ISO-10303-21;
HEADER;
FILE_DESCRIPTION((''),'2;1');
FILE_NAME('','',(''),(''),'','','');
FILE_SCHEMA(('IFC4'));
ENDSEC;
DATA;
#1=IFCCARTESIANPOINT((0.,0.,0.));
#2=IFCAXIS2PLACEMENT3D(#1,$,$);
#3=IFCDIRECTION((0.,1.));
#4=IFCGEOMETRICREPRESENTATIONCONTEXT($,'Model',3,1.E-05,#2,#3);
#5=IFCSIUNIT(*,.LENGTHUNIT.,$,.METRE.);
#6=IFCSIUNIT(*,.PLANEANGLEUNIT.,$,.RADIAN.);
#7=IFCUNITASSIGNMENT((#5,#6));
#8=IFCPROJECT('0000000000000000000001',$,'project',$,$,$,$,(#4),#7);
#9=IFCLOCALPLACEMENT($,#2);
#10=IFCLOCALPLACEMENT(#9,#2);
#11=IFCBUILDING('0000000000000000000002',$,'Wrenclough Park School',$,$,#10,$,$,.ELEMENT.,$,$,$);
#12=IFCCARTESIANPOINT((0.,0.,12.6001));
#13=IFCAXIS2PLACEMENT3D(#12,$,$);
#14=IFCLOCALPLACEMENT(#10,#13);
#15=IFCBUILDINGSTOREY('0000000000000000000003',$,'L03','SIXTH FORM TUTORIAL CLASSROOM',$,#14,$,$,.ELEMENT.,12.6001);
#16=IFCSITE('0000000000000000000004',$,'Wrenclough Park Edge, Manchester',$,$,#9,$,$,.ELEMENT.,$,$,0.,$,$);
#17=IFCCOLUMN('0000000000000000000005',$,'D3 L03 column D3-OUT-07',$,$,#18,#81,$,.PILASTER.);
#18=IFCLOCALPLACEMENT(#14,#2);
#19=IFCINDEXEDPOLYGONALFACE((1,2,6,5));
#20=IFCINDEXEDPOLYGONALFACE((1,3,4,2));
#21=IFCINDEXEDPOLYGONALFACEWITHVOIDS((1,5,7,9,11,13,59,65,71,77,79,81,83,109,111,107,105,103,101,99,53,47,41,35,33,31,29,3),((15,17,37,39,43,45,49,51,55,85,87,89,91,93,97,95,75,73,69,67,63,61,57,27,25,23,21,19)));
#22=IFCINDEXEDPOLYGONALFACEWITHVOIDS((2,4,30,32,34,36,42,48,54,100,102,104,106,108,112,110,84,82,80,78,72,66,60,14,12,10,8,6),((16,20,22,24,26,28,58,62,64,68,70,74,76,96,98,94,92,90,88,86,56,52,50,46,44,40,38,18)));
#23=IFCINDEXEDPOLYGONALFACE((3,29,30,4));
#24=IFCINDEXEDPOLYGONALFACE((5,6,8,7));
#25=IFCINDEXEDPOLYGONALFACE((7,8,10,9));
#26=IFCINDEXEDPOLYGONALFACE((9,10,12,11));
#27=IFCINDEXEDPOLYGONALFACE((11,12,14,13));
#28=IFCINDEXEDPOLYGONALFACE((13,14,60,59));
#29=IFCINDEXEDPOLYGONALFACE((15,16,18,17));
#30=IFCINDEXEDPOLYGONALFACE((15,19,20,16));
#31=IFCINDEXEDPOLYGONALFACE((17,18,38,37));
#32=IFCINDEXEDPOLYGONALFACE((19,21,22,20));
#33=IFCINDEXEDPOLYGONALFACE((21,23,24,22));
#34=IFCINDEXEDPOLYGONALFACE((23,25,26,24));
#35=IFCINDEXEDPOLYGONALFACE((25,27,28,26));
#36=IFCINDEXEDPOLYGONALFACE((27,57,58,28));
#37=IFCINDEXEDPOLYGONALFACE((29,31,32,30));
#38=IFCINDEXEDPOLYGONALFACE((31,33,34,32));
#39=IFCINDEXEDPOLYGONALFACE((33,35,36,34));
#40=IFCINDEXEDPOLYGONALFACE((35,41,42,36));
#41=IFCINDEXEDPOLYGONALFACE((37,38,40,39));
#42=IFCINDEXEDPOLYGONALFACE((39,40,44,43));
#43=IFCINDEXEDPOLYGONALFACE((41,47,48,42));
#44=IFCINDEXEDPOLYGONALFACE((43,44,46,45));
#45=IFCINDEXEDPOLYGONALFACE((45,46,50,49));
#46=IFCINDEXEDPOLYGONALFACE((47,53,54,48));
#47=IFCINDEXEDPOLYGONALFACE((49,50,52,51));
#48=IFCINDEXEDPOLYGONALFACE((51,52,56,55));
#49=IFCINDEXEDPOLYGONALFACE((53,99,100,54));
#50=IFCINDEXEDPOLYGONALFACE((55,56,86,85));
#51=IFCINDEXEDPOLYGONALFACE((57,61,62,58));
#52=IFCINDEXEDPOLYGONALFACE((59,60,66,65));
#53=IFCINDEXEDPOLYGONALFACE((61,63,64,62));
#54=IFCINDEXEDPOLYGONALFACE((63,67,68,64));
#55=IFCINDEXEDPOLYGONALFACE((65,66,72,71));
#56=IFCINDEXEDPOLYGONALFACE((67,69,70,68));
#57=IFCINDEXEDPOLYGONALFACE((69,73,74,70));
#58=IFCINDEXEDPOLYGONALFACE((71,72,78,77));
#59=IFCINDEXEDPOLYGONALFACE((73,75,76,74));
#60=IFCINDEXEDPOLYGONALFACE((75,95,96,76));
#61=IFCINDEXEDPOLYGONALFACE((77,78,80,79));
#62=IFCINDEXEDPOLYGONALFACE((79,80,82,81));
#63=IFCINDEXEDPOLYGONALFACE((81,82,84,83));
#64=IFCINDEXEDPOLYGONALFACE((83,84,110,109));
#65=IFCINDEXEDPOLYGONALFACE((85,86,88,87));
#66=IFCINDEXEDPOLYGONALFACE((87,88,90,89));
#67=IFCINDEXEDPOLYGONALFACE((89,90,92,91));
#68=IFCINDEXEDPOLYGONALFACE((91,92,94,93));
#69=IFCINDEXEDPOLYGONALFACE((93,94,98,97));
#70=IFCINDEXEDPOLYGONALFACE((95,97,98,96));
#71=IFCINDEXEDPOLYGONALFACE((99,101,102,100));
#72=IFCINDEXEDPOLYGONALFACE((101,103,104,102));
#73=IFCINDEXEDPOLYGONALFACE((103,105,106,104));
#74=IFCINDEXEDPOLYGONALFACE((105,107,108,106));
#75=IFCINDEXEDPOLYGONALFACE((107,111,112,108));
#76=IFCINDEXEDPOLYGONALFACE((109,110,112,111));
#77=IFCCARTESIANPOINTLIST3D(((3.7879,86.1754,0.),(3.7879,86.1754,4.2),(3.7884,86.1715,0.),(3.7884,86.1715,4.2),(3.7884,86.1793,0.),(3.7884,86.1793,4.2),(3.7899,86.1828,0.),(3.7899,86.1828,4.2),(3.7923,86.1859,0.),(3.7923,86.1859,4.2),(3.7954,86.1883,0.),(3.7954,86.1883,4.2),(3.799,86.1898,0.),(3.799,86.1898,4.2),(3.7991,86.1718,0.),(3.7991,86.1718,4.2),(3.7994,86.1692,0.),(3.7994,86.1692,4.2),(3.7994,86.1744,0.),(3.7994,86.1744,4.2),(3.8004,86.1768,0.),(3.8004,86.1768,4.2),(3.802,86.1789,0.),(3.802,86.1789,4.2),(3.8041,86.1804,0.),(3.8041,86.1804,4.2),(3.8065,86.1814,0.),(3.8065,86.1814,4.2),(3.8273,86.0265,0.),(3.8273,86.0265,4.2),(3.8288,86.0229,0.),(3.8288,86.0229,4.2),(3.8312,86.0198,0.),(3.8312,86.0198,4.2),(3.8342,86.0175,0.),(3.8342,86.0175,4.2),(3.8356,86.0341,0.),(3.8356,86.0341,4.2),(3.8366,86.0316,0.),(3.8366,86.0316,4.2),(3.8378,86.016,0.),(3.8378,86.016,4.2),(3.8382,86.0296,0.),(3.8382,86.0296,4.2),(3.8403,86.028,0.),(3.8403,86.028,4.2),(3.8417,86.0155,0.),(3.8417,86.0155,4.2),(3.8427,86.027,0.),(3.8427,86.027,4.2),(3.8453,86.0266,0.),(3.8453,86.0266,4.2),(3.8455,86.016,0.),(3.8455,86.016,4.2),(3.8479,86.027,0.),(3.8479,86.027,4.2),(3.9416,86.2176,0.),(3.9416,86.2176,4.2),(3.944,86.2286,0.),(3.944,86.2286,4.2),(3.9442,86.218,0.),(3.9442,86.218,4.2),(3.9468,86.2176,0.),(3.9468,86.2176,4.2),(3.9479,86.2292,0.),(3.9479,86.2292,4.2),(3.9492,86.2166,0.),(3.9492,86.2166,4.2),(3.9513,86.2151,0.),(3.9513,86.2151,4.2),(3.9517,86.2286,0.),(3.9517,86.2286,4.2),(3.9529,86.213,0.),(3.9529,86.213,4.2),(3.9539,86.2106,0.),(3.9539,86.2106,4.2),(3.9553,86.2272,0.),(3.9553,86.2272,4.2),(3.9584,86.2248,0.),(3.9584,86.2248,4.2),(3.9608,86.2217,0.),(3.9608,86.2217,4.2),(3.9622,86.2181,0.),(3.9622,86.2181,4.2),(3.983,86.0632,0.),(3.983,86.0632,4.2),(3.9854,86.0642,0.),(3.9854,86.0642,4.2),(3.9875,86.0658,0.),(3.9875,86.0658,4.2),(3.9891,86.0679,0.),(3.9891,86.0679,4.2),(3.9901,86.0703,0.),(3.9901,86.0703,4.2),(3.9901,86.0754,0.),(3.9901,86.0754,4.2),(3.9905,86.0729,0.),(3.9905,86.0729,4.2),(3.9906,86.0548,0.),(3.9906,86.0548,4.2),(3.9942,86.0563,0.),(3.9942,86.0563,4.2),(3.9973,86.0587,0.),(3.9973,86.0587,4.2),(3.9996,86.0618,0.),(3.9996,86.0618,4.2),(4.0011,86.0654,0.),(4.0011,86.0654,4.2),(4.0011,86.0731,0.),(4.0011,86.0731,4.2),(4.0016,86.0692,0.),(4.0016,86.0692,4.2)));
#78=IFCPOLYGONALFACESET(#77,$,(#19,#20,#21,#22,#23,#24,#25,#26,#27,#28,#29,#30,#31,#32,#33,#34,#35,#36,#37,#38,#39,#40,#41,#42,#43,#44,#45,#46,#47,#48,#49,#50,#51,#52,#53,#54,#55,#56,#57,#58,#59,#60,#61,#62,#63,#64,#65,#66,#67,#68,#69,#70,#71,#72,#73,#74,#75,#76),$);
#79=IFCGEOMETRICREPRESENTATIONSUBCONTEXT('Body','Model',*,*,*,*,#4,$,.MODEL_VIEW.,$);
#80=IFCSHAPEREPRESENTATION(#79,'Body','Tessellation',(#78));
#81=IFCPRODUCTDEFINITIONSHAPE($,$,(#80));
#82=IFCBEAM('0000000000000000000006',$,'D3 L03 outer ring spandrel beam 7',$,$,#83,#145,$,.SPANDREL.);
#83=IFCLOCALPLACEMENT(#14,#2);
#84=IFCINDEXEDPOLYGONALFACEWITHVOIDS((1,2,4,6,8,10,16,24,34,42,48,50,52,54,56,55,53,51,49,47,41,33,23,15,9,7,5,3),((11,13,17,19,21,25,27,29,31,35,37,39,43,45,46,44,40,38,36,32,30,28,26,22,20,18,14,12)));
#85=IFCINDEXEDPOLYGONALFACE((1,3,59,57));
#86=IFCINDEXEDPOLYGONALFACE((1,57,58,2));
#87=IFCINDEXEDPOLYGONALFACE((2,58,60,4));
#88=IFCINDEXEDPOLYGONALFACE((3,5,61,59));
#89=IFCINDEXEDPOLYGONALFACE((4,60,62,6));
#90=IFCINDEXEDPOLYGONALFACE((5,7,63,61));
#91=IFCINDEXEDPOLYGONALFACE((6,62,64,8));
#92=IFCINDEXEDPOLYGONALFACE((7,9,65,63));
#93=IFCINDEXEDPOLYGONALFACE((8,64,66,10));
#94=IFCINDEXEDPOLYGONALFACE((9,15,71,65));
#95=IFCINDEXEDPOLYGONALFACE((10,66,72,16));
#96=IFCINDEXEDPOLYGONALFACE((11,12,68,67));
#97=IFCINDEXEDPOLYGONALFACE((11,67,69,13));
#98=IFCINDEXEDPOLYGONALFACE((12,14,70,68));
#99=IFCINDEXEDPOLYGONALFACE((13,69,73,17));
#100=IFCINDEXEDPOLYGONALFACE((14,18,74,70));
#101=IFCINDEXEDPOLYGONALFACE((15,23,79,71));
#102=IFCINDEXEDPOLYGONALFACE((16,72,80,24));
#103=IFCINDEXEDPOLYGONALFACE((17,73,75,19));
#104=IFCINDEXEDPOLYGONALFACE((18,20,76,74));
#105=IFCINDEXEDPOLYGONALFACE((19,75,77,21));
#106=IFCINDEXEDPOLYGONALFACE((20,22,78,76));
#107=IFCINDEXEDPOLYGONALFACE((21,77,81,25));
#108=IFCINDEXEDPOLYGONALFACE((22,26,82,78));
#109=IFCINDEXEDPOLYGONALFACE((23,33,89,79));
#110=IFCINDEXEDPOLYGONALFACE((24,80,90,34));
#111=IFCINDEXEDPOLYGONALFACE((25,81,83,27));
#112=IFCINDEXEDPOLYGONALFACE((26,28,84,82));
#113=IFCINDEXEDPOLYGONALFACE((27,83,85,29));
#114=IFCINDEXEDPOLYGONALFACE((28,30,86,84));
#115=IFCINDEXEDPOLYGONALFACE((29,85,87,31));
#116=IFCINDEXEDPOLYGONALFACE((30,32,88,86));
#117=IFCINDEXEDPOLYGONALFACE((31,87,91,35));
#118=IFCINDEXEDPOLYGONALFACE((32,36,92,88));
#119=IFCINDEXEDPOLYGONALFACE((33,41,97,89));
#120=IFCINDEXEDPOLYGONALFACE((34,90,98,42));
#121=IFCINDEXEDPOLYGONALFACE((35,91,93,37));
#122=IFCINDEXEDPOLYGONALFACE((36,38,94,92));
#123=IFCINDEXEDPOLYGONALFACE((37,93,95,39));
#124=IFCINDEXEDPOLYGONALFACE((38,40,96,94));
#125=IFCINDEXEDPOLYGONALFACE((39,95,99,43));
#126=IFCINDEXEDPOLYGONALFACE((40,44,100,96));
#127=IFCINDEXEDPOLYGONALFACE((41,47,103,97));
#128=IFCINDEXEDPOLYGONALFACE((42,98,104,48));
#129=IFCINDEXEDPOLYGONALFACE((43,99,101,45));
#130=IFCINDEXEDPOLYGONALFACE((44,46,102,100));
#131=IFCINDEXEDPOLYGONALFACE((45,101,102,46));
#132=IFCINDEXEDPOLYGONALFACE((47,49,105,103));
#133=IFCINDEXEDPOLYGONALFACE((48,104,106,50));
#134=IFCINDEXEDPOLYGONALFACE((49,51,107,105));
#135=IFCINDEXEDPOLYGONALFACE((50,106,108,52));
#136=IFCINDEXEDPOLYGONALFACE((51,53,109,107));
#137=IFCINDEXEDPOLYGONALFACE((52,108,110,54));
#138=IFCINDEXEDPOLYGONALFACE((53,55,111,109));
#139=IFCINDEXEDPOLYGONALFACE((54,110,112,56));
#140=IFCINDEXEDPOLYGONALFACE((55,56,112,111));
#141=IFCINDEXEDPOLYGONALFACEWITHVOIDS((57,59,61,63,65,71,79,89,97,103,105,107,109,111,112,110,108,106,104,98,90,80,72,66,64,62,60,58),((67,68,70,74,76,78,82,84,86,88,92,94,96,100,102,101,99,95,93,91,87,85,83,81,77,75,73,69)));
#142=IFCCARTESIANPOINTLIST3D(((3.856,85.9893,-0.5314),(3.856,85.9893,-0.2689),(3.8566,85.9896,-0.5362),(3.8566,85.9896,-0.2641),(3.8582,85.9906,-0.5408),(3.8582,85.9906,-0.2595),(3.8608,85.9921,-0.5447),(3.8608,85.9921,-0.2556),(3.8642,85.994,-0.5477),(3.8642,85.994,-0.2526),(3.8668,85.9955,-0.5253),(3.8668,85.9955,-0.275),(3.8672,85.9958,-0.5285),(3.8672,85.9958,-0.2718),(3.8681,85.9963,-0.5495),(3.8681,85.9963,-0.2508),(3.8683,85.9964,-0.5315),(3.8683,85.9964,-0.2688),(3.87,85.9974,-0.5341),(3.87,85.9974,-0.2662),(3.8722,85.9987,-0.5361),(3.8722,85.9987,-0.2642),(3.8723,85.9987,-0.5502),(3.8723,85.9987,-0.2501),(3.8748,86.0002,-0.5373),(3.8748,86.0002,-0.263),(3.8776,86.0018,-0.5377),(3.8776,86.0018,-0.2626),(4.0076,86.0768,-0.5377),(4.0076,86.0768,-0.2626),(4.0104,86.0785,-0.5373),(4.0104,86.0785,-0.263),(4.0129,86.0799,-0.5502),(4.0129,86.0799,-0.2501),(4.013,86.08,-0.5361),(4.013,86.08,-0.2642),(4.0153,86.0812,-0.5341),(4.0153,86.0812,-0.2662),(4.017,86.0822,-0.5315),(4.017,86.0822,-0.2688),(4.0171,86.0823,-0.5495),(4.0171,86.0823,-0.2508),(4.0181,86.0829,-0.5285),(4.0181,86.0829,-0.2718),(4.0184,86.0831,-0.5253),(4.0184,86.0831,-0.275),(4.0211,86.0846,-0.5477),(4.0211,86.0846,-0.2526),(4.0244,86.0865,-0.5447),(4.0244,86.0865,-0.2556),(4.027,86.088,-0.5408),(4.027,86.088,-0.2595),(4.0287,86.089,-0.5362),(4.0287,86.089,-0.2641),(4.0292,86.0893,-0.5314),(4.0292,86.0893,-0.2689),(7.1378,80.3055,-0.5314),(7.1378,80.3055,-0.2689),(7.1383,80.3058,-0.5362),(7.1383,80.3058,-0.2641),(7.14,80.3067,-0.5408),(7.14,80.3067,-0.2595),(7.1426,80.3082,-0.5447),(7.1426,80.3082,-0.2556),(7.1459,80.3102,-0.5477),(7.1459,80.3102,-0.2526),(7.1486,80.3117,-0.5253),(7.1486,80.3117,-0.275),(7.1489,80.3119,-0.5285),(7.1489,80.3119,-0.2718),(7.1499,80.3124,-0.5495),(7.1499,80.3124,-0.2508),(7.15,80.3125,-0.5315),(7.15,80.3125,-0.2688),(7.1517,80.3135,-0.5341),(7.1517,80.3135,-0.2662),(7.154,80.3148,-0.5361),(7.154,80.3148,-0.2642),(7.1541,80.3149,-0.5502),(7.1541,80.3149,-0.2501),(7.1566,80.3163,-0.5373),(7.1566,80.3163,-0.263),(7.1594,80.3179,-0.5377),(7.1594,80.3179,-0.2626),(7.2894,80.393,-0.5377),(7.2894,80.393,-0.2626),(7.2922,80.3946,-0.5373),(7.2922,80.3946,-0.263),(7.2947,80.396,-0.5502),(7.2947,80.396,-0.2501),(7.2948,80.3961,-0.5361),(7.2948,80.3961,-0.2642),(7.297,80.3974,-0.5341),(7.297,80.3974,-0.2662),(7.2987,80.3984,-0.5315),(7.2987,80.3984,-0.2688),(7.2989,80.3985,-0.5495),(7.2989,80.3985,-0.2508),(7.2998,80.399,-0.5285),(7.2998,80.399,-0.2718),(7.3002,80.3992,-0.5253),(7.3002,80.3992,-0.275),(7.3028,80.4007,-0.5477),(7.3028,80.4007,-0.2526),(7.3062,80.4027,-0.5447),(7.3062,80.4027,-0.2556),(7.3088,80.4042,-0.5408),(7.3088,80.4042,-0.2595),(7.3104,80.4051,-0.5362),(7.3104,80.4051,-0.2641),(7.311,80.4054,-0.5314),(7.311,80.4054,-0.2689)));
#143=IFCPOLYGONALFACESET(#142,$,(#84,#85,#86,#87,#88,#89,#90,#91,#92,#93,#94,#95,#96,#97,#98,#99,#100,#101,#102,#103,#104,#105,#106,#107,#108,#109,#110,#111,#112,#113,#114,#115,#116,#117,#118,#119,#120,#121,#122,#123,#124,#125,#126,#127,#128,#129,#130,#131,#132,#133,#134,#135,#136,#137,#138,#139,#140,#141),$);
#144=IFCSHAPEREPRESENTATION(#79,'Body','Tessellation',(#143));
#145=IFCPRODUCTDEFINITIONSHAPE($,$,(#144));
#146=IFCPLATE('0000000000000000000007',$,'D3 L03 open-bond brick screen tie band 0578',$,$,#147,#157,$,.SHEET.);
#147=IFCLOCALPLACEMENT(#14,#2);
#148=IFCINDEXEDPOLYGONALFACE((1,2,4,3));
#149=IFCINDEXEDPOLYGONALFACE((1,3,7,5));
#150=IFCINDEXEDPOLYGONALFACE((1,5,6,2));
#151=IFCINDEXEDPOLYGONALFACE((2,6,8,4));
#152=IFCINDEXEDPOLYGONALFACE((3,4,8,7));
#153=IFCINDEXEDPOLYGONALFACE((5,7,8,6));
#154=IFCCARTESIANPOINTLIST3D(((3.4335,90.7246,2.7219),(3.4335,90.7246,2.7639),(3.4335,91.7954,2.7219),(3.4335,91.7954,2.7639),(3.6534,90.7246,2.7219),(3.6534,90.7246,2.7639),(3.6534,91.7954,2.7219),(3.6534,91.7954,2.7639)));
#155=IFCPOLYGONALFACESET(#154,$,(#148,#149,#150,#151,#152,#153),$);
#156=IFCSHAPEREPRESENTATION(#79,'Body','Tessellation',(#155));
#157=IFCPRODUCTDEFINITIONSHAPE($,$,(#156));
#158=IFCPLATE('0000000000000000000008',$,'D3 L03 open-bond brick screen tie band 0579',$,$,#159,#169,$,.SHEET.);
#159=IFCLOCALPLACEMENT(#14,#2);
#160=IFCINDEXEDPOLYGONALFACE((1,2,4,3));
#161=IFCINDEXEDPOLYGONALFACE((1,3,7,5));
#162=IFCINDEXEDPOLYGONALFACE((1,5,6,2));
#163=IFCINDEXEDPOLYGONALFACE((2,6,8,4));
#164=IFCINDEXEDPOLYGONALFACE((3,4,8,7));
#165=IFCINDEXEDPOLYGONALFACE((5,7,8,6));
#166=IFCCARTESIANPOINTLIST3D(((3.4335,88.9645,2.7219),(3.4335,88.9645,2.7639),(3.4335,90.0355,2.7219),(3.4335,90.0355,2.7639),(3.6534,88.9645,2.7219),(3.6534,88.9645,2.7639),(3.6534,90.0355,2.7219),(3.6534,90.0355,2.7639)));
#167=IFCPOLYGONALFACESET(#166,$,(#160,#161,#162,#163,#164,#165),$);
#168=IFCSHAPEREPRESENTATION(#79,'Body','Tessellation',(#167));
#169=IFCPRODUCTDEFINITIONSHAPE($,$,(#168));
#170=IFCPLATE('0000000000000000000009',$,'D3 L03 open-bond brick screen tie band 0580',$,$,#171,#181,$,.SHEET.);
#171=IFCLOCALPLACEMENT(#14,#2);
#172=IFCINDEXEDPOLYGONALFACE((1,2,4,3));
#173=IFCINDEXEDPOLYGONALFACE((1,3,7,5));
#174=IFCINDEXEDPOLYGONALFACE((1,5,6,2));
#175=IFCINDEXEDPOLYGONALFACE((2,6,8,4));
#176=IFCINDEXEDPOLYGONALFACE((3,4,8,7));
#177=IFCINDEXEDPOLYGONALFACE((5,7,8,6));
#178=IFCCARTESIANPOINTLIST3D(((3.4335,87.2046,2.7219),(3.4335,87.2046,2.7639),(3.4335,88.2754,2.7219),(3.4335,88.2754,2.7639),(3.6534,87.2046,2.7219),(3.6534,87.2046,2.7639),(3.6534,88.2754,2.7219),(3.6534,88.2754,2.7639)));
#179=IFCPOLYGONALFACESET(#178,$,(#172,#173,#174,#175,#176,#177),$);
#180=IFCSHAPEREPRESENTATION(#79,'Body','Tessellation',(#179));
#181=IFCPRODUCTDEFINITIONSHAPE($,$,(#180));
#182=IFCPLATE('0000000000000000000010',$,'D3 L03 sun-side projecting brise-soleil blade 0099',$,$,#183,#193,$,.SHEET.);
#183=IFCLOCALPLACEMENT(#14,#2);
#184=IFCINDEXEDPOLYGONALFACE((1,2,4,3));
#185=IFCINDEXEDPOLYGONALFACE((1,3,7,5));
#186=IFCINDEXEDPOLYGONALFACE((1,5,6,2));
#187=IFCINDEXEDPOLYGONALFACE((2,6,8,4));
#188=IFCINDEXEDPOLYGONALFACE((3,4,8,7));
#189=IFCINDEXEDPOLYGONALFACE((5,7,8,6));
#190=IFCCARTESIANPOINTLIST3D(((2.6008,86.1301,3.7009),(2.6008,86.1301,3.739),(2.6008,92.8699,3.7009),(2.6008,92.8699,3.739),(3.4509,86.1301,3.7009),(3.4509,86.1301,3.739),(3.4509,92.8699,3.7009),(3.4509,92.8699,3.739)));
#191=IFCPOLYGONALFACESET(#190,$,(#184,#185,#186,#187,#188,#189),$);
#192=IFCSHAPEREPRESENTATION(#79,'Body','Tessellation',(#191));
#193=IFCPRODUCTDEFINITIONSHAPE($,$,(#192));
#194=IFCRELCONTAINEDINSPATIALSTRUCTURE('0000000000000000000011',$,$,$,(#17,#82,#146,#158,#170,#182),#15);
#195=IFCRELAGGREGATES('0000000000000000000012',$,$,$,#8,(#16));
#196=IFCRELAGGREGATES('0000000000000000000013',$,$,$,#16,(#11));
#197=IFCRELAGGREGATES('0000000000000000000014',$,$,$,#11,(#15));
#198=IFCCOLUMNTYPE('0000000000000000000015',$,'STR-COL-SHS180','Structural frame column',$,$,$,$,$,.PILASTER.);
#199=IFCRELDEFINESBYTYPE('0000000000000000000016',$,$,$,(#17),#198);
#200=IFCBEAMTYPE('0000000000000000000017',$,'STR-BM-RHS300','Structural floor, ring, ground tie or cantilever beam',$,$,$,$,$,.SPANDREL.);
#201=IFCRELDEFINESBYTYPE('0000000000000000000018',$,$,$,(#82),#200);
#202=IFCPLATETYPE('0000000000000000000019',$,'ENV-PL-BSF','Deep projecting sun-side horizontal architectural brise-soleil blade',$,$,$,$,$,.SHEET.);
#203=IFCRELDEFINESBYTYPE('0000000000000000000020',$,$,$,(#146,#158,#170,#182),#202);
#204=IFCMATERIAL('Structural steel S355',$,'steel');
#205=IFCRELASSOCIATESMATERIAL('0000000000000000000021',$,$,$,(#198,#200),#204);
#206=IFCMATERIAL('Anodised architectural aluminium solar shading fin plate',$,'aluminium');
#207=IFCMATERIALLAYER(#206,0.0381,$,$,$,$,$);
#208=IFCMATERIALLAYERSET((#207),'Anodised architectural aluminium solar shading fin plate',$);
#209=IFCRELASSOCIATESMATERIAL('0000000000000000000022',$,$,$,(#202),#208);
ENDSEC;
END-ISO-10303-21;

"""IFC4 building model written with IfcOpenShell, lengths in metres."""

from ifc_helpers import new_model, si_unit, direction, frame, origin, origin_2d, place, context, subcontext, project, spatial, rectangle, hollow_rectangle, extrude, material, layer, layer_set, material_profile, profile_set, type_object, element, save


model = new_model("IFC4")

# Units and contexts
model_context = context("Model", 3, precision=1e-05, world=origin(), true_north=direction((0.0, 1.0)))
body_context = subcontext(model_context, "Body", "Model", "MODEL_VIEW")
ifc_project = project(units=[si_unit("LENGTHUNIT", "METRE"), si_unit("PLANEANGLEUNIT", "RADIAN")], contexts=[model_context])

# Site, building, storey
site_placement = place(None, origin())
site = spatial("IfcSite", under=ifc_project, at=site_placement, Name="Wrenclough Park Edge, Manchester", CompositionType="ELEMENT", RefElevation=0.0)
building_placement = place(site_placement, origin())
building = spatial("IfcBuilding", under=site, at=building_placement, Name="Wrenclough Park School", CompositionType="ELEMENT")
storey_placement = place(building_placement, frame((0.0, 0.0, 12.6001)))
storey = spatial("IfcBuildingStorey", under=building, at=storey_placement, Name="L03", Description="SIXTH FORM TUTORIAL CLASSROOM", CompositionType="ELEMENT", Elevation=12.6001)

# Column
ifc_material_1 = material(Name="Structural steel S355", Category="steel")
ifc_material_profile_1 = material_profile(ifc_material_1, hollow_rectangle(XDim=0.1799, YDim=0.1799, WallThickness=0.01, InnerFilletRadius=0.01, OuterFilletRadius=0.0149, at=origin_2d()), Name="SHS 180x180x10.0")
ifc_profile_set_1 = profile_set([ifc_material_profile_1], Name="Structural steel S355")
column_type = type_object("IfcColumnType", Name="STR-COL-SHS180", Description="Structural frame column", PredefinedType="PILASTER", material=ifc_profile_set_1)
column_placement = place(storey_placement, frame((3.8948, 86.1223, 0.0), z_axis=(0.0, 0.0, 1.0), x_axis=(0.258819, -0.965926, 0.0)))
element("IfcColumn", 1, at=column_placement, inside=storey, type_object=column_type, Name="D3 L03 column D3-OUT-07", PredefinedType="PILASTER", context=body_context, shape_type="SweptSolid", body=[
    extrude(hollow_rectangle(XDim=0.1799, YDim=0.1799, WallThickness=0.01, InnerFilletRadius=0.01, OuterFilletRadius=0.0149, at=origin_2d()), origin(), (0.0, 0.0, 1.0), 4.2),
])

# Beam
ifc_material_profile_2 = material_profile(ifc_material_1, hollow_rectangle(XDim=0.2, YDim=0.3, WallThickness=0.0125, InnerFilletRadius=0.0125, OuterFilletRadius=0.0188, at=origin_2d()), Name="RHS 300x200x12.5")
ifc_profile_set_2 = profile_set([ifc_material_profile_2], Name="Structural steel S355")
beam_type = type_object("IfcBeamType", Name="STR-BM-RHS300", Description="Structural floor, ring, ground tie or cantilever beam", PredefinedType="SPANDREL", material=ifc_profile_set_2)
beam_placement = place(storey_placement, frame((3.9426, 86.0393, -0.4001), z_axis=(0.50002, -0.866014, 0.0), x_axis=(0.866014, 0.50002, 0.0)))
element("IfcBeam", 2, at=beam_placement, inside=storey, type_object=beam_type, Name="D3 L03 outer ring spandrel beam 7", PredefinedType="SPANDREL", context=body_context, shape_type="SweptSolid", body=[
    extrude(hollow_rectangle(XDim=0.2, YDim=0.3, WallThickness=0.0125, InnerFilletRadius=0.0125, OuterFilletRadius=0.0188, at=origin_2d()), origin(), (0.0, 0.0, 1.0), 6.5632),
])

# Plates
ifc_material_2 = material(Name="Anodised architectural aluminium solar shading fin plate", Category="aluminium")
ifc_layer_1 = layer(ifc_material_2, 0.0381)
ifc_layer_set_1 = layer_set([ifc_layer_1], Name="Anodised architectural aluminium solar shading fin plate")
plate_type = type_object("IfcPlateType", Name="ENV-PL-BSF", Description="Deep projecting sun-side horizontal architectural brise-soleil blade", PredefinedType="SHEET", material=ifc_layer_set_1)
plate_1_placement = place(storey_placement, frame((3.5435, 91.26, 2.7219), z_axis=(0.0, 0.0, 1.0), x_axis=(0.0, -1.0, 0.0)))
element("IfcPlate", 3, at=plate_1_placement, inside=storey, type_object=plate_type, Name="D3 L03 open-bond brick screen tie band 0578", PredefinedType="SHEET", context=body_context, shape_type="SweptSolid", body=[
    extrude(rectangle(XDim=1.0708, YDim=0.22, at=origin_2d()), origin(), (0.0, 0.0, 1.0), 0.042),
])
plate_2_placement = place(storey_placement, frame((3.5435, 89.5, 2.7219), z_axis=(0.0, 0.0, 1.0), x_axis=(0.0, -1.0, 0.0)))
element("IfcPlate", 4, at=plate_2_placement, inside=storey, type_object=plate_type, Name="D3 L03 open-bond brick screen tie band 0579", PredefinedType="SHEET", context=body_context, shape_type="SweptSolid", body=[
    extrude(rectangle(XDim=1.071, YDim=0.22, at=origin_2d()), origin(), (0.0, 0.0, 1.0), 0.042),
])
plate_3_placement = place(storey_placement, frame((3.5435, 87.74, 2.7219), z_axis=(0.0, 0.0, 1.0), x_axis=(0.0, -1.0, 0.0)))
element("IfcPlate", 5, at=plate_3_placement, inside=storey, type_object=plate_type, Name="D3 L03 open-bond brick screen tie band 0580", PredefinedType="SHEET", context=body_context, shape_type="SweptSolid", body=[
    extrude(rectangle(XDim=1.0708, YDim=0.22, at=origin_2d()), origin(), (0.0, 0.0, 1.0), 0.042),
])
plate_4_placement = place(storey_placement, frame((3.0259, 89.5, 3.7009), z_axis=(0.0, 0.0, 1.0), x_axis=(0.0, -1.0, 0.0)))
element("IfcPlate", 6, at=plate_4_placement, inside=storey, type_object=plate_type, Name="D3 L03 sun-side projecting brise-soleil blade 0099", PredefinedType="SHEET", context=body_context, shape_type="SweptSolid", body=[
    extrude(rectangle(XDim=6.7397, YDim=0.8501, at=origin_2d()), origin(), (0.0, 0.0, 1.0), 0.0381),
])

save(model, "model.ifc")
